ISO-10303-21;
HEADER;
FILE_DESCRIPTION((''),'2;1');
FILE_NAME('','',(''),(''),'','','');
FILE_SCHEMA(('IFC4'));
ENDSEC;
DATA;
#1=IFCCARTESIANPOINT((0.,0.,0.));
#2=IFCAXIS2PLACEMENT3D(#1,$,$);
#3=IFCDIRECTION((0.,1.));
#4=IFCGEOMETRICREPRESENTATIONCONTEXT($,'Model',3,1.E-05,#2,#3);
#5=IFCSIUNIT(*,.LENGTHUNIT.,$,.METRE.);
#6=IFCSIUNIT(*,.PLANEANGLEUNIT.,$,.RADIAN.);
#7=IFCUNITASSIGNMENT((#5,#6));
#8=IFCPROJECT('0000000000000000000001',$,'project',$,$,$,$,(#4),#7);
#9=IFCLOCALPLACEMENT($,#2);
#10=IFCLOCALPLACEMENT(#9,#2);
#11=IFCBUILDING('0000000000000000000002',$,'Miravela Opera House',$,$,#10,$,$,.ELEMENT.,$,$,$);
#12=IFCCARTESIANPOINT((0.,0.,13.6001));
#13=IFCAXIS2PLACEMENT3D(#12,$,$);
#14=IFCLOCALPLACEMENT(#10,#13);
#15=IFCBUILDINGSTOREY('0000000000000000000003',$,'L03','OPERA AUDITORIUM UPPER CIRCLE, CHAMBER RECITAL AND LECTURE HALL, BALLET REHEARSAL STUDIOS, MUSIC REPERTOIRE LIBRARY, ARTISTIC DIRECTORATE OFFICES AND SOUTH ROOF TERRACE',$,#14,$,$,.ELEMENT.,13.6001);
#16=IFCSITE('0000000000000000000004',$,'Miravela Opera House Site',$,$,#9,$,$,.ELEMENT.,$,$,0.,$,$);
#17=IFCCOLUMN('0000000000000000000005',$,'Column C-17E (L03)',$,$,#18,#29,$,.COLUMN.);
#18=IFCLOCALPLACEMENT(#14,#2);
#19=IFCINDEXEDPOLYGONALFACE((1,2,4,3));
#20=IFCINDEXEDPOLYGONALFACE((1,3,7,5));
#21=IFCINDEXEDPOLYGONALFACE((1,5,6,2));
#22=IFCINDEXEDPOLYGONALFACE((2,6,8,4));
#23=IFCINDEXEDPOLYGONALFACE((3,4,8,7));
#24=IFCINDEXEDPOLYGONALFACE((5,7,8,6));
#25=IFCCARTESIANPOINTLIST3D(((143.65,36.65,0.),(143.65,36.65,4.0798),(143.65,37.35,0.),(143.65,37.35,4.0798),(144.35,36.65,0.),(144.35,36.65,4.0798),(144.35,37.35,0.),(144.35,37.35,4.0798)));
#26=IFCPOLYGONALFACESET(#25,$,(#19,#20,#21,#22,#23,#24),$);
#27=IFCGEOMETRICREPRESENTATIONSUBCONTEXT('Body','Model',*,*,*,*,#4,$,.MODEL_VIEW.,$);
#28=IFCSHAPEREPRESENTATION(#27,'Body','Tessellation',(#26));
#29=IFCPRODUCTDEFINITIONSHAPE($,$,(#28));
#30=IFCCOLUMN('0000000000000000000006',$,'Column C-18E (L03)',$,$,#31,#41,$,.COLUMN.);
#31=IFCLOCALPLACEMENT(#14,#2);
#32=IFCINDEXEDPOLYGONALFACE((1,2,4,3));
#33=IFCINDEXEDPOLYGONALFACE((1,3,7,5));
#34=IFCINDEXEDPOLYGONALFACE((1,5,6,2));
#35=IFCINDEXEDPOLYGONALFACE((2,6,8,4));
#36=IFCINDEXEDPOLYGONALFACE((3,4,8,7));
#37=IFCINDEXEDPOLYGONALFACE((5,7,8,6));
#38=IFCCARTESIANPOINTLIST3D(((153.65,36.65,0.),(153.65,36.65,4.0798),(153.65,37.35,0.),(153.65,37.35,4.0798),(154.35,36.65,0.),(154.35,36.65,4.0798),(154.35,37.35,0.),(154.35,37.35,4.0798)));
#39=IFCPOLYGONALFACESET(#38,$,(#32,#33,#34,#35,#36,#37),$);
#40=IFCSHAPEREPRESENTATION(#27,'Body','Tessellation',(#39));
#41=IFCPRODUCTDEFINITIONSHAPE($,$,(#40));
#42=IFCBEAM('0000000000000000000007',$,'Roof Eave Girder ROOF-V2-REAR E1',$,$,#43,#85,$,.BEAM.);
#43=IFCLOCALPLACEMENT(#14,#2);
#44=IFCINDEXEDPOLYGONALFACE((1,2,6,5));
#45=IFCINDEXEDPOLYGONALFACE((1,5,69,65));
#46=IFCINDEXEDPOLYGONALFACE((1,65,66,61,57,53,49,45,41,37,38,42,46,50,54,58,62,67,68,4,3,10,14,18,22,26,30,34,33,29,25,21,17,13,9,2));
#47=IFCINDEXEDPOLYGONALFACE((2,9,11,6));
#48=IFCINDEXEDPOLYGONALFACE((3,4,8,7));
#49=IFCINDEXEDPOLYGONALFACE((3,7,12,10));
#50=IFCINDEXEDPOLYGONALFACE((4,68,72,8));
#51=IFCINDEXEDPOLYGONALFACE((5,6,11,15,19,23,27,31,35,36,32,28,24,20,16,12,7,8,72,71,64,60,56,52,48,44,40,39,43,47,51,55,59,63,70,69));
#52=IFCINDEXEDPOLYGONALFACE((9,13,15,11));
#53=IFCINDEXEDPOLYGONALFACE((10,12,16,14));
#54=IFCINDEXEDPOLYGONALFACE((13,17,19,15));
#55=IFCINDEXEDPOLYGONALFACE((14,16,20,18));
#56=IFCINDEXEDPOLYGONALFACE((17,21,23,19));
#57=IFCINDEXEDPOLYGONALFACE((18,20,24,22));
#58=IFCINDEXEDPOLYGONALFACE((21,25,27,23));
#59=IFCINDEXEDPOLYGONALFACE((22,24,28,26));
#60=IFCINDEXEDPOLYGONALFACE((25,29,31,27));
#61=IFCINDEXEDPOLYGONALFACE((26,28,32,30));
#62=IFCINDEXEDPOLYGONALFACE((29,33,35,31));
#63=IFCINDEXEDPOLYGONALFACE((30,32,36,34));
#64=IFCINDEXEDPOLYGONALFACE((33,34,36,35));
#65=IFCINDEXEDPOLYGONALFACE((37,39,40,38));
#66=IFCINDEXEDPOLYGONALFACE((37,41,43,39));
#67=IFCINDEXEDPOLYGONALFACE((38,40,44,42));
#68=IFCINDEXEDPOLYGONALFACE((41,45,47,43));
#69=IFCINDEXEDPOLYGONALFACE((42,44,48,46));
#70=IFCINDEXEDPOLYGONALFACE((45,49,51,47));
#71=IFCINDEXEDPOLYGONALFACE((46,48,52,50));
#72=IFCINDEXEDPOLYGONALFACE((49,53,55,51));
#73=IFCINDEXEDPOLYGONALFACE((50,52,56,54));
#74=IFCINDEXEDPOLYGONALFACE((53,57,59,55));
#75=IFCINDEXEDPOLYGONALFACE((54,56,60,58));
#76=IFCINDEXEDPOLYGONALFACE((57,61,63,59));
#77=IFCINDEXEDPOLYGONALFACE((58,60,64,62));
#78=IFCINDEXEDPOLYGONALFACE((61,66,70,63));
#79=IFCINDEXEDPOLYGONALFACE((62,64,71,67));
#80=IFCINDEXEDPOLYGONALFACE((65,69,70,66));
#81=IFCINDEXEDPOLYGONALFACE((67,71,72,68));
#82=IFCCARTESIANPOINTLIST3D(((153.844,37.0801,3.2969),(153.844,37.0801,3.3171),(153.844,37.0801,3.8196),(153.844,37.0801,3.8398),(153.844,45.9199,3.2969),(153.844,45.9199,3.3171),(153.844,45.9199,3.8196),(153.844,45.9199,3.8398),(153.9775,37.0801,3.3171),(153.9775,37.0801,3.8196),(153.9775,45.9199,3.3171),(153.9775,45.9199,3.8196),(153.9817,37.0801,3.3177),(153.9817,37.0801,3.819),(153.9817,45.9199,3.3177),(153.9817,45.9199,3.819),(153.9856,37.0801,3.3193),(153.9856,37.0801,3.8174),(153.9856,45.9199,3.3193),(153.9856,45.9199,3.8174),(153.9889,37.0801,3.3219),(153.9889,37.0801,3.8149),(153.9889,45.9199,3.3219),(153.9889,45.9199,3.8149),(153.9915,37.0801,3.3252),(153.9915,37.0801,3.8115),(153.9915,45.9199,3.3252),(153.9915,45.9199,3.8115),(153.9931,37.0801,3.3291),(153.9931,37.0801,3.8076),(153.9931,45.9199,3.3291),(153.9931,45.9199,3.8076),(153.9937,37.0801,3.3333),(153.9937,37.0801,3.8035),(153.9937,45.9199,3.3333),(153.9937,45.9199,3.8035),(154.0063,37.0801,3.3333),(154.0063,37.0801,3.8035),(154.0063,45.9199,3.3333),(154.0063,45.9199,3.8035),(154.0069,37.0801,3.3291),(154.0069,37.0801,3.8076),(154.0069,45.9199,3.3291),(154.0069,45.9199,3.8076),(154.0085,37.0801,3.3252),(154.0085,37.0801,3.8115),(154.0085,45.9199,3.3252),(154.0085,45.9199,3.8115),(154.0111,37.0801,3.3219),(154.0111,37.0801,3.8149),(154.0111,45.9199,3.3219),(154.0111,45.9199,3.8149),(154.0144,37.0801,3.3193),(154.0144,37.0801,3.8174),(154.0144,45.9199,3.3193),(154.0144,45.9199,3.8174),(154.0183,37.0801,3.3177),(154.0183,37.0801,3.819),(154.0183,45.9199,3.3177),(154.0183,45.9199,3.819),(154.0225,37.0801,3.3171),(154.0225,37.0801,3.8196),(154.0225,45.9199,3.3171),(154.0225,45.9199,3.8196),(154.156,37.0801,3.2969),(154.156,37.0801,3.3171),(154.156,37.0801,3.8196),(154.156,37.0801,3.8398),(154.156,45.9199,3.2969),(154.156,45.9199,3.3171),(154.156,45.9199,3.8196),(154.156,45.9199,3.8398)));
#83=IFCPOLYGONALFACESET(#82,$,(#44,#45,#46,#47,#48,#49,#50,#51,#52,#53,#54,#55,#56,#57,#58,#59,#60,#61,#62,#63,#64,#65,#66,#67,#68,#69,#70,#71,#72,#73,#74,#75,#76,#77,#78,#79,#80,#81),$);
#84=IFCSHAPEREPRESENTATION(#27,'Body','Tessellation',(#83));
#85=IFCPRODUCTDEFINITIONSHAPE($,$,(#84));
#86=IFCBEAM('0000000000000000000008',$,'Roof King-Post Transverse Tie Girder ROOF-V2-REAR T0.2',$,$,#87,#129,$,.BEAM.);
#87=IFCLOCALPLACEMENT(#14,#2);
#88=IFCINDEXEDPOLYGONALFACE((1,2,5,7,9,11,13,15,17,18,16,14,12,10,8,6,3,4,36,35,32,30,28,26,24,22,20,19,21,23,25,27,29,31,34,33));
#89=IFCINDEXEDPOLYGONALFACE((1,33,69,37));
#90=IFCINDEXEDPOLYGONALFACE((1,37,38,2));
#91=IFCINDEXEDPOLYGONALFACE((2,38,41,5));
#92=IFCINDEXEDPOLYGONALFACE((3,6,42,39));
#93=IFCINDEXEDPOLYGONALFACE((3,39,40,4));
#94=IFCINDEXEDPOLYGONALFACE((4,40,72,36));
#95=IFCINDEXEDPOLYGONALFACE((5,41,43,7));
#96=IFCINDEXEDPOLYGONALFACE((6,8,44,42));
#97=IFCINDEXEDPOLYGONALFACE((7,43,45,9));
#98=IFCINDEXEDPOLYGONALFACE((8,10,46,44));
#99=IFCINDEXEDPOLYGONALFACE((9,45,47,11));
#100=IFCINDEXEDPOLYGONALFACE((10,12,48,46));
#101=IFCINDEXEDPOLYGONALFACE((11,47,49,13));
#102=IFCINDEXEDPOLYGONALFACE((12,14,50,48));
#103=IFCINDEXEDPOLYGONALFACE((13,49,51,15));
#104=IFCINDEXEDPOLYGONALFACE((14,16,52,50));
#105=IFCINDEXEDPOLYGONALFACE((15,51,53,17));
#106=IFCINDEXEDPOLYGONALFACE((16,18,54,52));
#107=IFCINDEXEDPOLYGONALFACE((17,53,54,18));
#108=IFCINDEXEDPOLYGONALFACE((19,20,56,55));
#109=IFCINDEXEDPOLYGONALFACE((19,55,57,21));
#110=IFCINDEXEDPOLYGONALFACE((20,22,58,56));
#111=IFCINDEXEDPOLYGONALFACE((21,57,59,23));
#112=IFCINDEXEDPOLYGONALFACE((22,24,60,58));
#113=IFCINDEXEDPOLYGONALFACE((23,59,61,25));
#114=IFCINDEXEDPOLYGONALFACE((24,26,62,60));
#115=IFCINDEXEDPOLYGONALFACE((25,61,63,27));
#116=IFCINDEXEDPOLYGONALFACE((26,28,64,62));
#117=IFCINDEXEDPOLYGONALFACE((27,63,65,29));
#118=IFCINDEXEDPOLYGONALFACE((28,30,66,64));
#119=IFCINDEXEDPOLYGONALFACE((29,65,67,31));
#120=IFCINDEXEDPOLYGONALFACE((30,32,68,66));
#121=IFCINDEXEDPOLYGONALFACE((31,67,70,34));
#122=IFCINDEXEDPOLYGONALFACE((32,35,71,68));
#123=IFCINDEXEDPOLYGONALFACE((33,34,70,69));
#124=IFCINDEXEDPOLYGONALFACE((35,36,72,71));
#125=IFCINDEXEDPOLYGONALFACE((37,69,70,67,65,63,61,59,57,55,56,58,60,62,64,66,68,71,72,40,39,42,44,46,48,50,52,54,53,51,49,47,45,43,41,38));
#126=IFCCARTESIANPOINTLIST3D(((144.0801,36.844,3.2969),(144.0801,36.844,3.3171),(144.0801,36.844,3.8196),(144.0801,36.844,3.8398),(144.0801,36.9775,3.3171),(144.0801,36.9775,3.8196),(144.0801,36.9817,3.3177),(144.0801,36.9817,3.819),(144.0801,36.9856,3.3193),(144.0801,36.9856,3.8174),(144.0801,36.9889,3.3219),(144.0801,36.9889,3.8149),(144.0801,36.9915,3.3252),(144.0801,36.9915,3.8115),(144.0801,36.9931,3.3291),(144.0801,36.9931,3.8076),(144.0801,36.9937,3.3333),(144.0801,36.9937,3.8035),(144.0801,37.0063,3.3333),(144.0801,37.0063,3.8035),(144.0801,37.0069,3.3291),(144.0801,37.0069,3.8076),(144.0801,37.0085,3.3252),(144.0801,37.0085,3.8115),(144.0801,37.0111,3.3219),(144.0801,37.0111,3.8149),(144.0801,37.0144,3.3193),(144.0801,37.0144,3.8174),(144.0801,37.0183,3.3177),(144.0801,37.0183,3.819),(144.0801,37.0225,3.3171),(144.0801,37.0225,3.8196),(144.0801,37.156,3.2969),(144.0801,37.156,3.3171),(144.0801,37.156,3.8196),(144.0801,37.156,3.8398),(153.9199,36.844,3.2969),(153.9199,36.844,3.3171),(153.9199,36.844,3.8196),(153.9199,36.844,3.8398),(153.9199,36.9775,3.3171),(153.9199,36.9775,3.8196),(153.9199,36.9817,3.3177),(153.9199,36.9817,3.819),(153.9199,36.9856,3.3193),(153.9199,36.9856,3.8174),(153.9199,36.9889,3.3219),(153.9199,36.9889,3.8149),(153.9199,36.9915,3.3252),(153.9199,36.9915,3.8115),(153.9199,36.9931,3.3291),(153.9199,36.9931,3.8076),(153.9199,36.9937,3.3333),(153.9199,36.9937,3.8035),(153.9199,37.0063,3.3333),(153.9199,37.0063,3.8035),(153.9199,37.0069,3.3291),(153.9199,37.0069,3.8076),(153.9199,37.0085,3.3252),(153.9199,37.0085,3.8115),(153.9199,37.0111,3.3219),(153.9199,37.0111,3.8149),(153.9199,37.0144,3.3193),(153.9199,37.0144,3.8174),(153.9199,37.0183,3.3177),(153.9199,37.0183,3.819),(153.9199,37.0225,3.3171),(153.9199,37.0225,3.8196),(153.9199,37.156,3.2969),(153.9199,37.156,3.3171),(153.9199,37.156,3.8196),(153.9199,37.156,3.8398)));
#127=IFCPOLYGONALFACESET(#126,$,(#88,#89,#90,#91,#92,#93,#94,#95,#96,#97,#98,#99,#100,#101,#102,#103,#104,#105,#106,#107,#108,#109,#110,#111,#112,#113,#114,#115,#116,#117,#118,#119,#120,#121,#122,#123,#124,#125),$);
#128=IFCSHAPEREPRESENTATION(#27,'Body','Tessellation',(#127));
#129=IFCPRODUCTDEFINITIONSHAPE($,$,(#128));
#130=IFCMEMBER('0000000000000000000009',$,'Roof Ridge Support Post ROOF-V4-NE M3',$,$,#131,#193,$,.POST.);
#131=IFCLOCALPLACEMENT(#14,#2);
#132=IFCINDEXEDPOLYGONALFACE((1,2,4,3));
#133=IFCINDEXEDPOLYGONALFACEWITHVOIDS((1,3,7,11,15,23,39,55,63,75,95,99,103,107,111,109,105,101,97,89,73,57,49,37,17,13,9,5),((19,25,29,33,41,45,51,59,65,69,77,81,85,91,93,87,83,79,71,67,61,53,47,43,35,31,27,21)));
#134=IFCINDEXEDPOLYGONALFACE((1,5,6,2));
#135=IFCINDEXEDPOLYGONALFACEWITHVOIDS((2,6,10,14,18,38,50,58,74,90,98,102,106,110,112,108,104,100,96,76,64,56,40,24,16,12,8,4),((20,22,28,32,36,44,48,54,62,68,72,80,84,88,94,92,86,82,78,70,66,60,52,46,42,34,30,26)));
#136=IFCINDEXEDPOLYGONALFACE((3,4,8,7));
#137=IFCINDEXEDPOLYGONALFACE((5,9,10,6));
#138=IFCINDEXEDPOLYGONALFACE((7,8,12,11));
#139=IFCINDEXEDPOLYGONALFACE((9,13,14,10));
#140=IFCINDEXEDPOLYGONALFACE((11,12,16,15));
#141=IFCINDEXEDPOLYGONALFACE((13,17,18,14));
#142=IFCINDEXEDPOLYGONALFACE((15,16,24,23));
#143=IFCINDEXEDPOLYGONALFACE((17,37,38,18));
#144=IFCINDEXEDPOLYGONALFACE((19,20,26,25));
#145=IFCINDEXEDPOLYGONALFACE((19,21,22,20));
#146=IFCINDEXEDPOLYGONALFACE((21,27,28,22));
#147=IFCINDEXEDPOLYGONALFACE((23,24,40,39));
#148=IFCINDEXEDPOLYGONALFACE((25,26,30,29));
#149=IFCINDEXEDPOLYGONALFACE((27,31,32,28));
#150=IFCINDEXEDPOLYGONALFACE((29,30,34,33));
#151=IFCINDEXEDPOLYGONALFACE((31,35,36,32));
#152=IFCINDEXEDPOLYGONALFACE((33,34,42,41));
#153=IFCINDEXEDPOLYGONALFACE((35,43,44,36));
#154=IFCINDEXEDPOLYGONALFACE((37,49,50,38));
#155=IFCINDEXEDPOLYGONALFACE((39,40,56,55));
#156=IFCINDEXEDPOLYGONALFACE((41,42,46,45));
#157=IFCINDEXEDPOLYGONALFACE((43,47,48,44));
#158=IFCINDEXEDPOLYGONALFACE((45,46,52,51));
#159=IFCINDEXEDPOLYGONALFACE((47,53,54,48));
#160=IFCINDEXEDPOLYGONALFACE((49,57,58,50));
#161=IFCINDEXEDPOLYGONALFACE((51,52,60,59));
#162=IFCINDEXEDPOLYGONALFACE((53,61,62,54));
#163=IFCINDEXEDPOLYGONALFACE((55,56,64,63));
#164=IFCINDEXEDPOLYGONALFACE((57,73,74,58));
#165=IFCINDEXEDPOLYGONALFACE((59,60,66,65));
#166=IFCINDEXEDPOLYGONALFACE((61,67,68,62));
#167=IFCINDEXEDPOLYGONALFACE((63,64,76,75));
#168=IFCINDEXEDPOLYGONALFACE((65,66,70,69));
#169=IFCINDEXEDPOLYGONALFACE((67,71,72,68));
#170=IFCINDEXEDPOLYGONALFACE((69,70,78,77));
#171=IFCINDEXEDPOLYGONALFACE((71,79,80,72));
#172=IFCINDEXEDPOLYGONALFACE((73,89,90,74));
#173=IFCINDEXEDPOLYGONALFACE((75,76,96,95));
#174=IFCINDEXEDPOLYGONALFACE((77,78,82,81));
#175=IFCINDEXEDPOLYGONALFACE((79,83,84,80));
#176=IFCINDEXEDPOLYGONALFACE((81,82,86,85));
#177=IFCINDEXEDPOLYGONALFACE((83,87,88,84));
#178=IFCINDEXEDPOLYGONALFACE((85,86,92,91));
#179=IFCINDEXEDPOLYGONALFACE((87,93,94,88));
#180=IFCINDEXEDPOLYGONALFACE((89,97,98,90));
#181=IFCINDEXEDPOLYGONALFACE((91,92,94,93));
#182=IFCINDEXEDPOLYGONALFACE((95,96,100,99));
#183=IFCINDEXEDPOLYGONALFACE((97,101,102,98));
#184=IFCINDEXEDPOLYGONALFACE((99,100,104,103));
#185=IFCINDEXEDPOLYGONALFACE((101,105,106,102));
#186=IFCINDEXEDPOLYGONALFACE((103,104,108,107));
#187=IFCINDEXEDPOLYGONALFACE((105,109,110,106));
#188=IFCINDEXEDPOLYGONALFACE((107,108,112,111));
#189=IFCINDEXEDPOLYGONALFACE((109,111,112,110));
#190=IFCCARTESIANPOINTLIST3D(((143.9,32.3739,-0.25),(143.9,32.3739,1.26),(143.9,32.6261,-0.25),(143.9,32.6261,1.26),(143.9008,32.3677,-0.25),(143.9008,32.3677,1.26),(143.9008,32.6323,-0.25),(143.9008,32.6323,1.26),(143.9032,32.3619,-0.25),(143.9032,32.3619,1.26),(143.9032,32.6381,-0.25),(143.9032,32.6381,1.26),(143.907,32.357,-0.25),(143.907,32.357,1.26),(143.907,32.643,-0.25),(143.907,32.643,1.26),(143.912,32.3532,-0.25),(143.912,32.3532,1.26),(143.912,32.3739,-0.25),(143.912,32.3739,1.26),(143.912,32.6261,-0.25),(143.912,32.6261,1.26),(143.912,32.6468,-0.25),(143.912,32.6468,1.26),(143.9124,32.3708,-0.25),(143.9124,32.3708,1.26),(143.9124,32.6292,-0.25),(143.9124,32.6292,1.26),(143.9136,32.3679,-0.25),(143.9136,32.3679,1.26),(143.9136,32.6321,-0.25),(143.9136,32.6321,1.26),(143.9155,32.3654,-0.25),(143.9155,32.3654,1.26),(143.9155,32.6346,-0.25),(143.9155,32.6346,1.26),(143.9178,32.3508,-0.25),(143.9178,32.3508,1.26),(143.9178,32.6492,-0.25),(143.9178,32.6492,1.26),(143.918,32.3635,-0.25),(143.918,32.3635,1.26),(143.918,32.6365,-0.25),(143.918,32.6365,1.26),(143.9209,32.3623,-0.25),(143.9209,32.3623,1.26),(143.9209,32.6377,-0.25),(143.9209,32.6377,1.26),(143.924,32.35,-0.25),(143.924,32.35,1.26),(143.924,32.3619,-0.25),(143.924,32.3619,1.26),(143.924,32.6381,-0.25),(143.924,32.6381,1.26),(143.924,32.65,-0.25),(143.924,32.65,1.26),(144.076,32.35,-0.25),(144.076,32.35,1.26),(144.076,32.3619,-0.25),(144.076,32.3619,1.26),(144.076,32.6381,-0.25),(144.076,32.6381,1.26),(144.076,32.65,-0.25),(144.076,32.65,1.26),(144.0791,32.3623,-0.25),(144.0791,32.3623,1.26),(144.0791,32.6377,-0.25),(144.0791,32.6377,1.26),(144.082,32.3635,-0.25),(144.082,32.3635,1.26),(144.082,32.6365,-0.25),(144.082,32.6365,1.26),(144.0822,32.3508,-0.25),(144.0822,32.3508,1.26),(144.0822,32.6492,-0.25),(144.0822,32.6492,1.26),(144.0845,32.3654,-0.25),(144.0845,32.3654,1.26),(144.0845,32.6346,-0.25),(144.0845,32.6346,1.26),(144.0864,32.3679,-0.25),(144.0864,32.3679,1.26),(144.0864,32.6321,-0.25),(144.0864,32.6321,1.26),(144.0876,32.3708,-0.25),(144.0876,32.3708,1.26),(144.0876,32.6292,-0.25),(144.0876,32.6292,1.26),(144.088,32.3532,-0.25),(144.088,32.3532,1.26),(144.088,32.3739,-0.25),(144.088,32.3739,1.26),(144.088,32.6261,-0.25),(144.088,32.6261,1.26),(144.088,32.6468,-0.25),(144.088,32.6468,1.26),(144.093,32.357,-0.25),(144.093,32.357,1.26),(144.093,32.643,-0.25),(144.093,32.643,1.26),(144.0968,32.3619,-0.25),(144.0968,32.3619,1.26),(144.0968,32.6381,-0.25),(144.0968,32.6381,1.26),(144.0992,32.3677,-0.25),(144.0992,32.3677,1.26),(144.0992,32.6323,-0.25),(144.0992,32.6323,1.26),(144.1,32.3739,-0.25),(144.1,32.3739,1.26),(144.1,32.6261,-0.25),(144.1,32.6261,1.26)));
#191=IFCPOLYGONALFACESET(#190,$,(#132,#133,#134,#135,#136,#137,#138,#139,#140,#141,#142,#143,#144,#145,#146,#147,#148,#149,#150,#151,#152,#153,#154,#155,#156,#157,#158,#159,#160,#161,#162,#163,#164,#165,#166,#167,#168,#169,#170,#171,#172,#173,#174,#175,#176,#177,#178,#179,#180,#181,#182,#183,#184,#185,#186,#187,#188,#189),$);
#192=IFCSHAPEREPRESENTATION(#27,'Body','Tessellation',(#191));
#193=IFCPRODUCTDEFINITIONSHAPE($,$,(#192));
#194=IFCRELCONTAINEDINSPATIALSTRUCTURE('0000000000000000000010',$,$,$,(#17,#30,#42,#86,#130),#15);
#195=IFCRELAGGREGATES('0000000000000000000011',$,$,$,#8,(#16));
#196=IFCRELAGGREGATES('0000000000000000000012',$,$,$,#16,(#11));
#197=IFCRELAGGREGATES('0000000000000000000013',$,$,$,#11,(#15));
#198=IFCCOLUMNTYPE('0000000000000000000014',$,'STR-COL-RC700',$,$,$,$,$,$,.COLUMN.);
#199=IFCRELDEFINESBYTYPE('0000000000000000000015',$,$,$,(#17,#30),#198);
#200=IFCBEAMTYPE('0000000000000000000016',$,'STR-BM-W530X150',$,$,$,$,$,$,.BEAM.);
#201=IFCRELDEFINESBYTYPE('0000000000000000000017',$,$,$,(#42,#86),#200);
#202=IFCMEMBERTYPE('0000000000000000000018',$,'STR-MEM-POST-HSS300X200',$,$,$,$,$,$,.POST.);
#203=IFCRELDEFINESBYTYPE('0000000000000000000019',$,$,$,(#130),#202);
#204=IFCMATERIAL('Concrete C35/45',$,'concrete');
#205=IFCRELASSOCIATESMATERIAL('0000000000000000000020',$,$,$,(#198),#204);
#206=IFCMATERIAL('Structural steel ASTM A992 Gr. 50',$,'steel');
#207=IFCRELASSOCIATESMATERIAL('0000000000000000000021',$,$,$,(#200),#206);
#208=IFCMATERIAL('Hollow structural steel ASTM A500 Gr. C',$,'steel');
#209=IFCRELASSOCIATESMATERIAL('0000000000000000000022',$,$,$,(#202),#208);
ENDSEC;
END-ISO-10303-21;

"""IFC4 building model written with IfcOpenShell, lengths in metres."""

from ifc_helpers import new_model, si_unit, direction, frame, origin, origin_2d, place, context, subcontext, project, spatial, rectangle, hollow_rectangle, i_section, extrude, material, material_profile, profile_set, type_object, element, save


model = new_model("IFC4")

# Units and contexts
model_context = context("Model", 3, precision=1e-05, world=origin(), true_north=direction((0.0, 1.0)))
body_context = subcontext(model_context, "Body", "Model", "MODEL_VIEW")
ifc_project = project(units=[si_unit("LENGTHUNIT", "METRE"), si_unit("PLANEANGLEUNIT", "RADIAN")], contexts=[model_context])

# Site, building, storey
site_placement = place(None, origin())
site = spatial("IfcSite", under=ifc_project, at=site_placement, Name="Miravela Opera House Site", CompositionType="ELEMENT", RefElevation=0.0)
building_placement = place(site_placement, origin())
building = spatial("IfcBuilding", under=site, at=building_placement, Name="Miravela Opera House", CompositionType="ELEMENT")
storey_placement = place(building_placement, frame((0.0, 0.0, 13.6001)))
storey = spatial("IfcBuildingStorey", under=building, at=storey_placement, Name="L03", Description="OPERA AUDITORIUM UPPER CIRCLE, CHAMBER RECITAL AND LECTURE HALL, BALLET REHEARSAL STUDIOS, MUSIC REPERTOIRE LIBRARY, ARTISTIC DIRECTORATE OFFICES AND SOUTH ROOF TERRACE", CompositionType="ELEMENT", Elevation=13.6001)

# Columns
ifc_material_1 = material(Name="Concrete C35/45", Category="concrete")
ifc_material_profile_1 = material_profile(ifc_material_1, rectangle(XDim=0.7, YDim=0.7, at=origin_2d()), Name="RC-COL-700X700")
ifc_profile_set_1 = profile_set([ifc_material_profile_1])
column_type = type_object("IfcColumnType", Name="STR-COL-RC700", PredefinedType="COLUMN", material=ifc_profile_set_1)
for number, where, z_axis, x_axis, name in (
    (1, (144.0, 37.0, 0.0), (0.0, 0.0, 1.0), (1.0, 0.0, 0.0), "Column C-17E (L03)"),
    (2, (154.0, 37.0, 0.0), (0.0, 0.0, 1.0), (1.0, 0.0, 0.0), "Column C-18E (L03)"),
):
    element("IfcColumn", number, at=place(storey_placement, frame(where, z_axis=z_axis, x_axis=x_axis)), inside=storey, type_object=column_type, Name=name, PredefinedType="COLUMN", context=body_context, shape_type="SweptSolid", body=[
        extrude(rectangle(XDim=0.7, YDim=0.7, at=origin_2d()), origin(), (0.0, 0.0, 1.0), 4.0798),
    ])

# Beams
ifc_material_2 = material(Name="Structural steel ASTM A992 Gr. 50", Category="steel")
ifc_material_profile_2 = material_profile(ifc_material_2, i_section(OverallWidth=0.312, OverallDepth=0.543, WebThickness=0.0127, FlangeThickness=0.0203, FilletRadius=0.0161, at=origin_2d()), Name="W530X150")
ifc_profile_set_2 = profile_set([ifc_material_profile_2])
beam_type = type_object("IfcBeamType", Name="STR-BM-W530X150", PredefinedType="BEAM", material=ifc_profile_set_2)
beam_1_placement = place(storey_placement, frame((154.0, 37.0801, 3.5684), z_axis=(0.0, 1.0, 0.0), x_axis=(-1.0, 0.0, 0.0)))
element("IfcBeam", 3, at=beam_1_placement, inside=storey, type_object=beam_type, Name="Roof Eave Girder ROOF-V2-REAR E1", PredefinedType="BEAM", context=body_context, shape_type="SweptSolid", body=[
    extrude(i_section(OverallWidth=0.312, OverallDepth=0.543, WebThickness=0.0127, FlangeThickness=0.0203, FilletRadius=0.0161, at=origin_2d()), origin(), (0.0, 0.0, 1.0), 8.8398),
])
beam_2_placement = place(storey_placement, frame((144.0801, 37.0, 3.5684), z_axis=(1.0, 0.0, 0.0), x_axis=(0.0, 1.0, 0.0)))
element("IfcBeam", 4, at=beam_2_placement, inside=storey, type_object=beam_type, Name="Roof King-Post Transverse Tie Girder ROOF-V2-REAR T0.2", PredefinedType="BEAM", context=body_context, shape_type="SweptSolid", body=[
    extrude(i_section(OverallWidth=0.312, OverallDepth=0.543, WebThickness=0.0127, FlangeThickness=0.0203, FilletRadius=0.0161, at=origin_2d()), origin(), (0.0, 0.0, 1.0), 9.8398),
])

# Member
ifc_material_3 = material(Name="Hollow structural steel ASTM A500 Gr. C", Category="steel")
ifc_material_profile_3 = material_profile(ifc_material_3, hollow_rectangle(XDim=0.2, YDim=0.3, WallThickness=0.012, InnerFilletRadius=0.012, OuterFilletRadius=0.0239, at=origin_2d()), Name="HSS300X200X12")
ifc_profile_set_3 = profile_set([ifc_material_profile_3])
member_type_1 = type_object("IfcMemberType", Name="STR-MEM-POST-HSS300X200", PredefinedType="POST", material=ifc_profile_set_3)
for number, where, z_axis, x_axis, name in (
    (5, (144.0, 32.5, -0.25), (0.0, 0.0, 1.0), (1.0, 0.0, 0.0), "Roof Ridge Support Post ROOF-V4-NE M3"),
):
    element("IfcMember", number, at=place(storey_placement, frame(where, z_axis=z_axis, x_axis=x_axis)), inside=storey, type_object=member_type_1, Name=name, PredefinedType="POST", context=body_context, shape_type="SweptSolid", body=[
        extrude(hollow_rectangle(XDim=0.2, YDim=0.3, WallThickness=0.012, InnerFilletRadius=0.012, OuterFilletRadius=0.0239, at=origin_2d()), origin(), (0.0, 0.0, 1.0), 1.51),
    ])

save(model, "model.ifc")
